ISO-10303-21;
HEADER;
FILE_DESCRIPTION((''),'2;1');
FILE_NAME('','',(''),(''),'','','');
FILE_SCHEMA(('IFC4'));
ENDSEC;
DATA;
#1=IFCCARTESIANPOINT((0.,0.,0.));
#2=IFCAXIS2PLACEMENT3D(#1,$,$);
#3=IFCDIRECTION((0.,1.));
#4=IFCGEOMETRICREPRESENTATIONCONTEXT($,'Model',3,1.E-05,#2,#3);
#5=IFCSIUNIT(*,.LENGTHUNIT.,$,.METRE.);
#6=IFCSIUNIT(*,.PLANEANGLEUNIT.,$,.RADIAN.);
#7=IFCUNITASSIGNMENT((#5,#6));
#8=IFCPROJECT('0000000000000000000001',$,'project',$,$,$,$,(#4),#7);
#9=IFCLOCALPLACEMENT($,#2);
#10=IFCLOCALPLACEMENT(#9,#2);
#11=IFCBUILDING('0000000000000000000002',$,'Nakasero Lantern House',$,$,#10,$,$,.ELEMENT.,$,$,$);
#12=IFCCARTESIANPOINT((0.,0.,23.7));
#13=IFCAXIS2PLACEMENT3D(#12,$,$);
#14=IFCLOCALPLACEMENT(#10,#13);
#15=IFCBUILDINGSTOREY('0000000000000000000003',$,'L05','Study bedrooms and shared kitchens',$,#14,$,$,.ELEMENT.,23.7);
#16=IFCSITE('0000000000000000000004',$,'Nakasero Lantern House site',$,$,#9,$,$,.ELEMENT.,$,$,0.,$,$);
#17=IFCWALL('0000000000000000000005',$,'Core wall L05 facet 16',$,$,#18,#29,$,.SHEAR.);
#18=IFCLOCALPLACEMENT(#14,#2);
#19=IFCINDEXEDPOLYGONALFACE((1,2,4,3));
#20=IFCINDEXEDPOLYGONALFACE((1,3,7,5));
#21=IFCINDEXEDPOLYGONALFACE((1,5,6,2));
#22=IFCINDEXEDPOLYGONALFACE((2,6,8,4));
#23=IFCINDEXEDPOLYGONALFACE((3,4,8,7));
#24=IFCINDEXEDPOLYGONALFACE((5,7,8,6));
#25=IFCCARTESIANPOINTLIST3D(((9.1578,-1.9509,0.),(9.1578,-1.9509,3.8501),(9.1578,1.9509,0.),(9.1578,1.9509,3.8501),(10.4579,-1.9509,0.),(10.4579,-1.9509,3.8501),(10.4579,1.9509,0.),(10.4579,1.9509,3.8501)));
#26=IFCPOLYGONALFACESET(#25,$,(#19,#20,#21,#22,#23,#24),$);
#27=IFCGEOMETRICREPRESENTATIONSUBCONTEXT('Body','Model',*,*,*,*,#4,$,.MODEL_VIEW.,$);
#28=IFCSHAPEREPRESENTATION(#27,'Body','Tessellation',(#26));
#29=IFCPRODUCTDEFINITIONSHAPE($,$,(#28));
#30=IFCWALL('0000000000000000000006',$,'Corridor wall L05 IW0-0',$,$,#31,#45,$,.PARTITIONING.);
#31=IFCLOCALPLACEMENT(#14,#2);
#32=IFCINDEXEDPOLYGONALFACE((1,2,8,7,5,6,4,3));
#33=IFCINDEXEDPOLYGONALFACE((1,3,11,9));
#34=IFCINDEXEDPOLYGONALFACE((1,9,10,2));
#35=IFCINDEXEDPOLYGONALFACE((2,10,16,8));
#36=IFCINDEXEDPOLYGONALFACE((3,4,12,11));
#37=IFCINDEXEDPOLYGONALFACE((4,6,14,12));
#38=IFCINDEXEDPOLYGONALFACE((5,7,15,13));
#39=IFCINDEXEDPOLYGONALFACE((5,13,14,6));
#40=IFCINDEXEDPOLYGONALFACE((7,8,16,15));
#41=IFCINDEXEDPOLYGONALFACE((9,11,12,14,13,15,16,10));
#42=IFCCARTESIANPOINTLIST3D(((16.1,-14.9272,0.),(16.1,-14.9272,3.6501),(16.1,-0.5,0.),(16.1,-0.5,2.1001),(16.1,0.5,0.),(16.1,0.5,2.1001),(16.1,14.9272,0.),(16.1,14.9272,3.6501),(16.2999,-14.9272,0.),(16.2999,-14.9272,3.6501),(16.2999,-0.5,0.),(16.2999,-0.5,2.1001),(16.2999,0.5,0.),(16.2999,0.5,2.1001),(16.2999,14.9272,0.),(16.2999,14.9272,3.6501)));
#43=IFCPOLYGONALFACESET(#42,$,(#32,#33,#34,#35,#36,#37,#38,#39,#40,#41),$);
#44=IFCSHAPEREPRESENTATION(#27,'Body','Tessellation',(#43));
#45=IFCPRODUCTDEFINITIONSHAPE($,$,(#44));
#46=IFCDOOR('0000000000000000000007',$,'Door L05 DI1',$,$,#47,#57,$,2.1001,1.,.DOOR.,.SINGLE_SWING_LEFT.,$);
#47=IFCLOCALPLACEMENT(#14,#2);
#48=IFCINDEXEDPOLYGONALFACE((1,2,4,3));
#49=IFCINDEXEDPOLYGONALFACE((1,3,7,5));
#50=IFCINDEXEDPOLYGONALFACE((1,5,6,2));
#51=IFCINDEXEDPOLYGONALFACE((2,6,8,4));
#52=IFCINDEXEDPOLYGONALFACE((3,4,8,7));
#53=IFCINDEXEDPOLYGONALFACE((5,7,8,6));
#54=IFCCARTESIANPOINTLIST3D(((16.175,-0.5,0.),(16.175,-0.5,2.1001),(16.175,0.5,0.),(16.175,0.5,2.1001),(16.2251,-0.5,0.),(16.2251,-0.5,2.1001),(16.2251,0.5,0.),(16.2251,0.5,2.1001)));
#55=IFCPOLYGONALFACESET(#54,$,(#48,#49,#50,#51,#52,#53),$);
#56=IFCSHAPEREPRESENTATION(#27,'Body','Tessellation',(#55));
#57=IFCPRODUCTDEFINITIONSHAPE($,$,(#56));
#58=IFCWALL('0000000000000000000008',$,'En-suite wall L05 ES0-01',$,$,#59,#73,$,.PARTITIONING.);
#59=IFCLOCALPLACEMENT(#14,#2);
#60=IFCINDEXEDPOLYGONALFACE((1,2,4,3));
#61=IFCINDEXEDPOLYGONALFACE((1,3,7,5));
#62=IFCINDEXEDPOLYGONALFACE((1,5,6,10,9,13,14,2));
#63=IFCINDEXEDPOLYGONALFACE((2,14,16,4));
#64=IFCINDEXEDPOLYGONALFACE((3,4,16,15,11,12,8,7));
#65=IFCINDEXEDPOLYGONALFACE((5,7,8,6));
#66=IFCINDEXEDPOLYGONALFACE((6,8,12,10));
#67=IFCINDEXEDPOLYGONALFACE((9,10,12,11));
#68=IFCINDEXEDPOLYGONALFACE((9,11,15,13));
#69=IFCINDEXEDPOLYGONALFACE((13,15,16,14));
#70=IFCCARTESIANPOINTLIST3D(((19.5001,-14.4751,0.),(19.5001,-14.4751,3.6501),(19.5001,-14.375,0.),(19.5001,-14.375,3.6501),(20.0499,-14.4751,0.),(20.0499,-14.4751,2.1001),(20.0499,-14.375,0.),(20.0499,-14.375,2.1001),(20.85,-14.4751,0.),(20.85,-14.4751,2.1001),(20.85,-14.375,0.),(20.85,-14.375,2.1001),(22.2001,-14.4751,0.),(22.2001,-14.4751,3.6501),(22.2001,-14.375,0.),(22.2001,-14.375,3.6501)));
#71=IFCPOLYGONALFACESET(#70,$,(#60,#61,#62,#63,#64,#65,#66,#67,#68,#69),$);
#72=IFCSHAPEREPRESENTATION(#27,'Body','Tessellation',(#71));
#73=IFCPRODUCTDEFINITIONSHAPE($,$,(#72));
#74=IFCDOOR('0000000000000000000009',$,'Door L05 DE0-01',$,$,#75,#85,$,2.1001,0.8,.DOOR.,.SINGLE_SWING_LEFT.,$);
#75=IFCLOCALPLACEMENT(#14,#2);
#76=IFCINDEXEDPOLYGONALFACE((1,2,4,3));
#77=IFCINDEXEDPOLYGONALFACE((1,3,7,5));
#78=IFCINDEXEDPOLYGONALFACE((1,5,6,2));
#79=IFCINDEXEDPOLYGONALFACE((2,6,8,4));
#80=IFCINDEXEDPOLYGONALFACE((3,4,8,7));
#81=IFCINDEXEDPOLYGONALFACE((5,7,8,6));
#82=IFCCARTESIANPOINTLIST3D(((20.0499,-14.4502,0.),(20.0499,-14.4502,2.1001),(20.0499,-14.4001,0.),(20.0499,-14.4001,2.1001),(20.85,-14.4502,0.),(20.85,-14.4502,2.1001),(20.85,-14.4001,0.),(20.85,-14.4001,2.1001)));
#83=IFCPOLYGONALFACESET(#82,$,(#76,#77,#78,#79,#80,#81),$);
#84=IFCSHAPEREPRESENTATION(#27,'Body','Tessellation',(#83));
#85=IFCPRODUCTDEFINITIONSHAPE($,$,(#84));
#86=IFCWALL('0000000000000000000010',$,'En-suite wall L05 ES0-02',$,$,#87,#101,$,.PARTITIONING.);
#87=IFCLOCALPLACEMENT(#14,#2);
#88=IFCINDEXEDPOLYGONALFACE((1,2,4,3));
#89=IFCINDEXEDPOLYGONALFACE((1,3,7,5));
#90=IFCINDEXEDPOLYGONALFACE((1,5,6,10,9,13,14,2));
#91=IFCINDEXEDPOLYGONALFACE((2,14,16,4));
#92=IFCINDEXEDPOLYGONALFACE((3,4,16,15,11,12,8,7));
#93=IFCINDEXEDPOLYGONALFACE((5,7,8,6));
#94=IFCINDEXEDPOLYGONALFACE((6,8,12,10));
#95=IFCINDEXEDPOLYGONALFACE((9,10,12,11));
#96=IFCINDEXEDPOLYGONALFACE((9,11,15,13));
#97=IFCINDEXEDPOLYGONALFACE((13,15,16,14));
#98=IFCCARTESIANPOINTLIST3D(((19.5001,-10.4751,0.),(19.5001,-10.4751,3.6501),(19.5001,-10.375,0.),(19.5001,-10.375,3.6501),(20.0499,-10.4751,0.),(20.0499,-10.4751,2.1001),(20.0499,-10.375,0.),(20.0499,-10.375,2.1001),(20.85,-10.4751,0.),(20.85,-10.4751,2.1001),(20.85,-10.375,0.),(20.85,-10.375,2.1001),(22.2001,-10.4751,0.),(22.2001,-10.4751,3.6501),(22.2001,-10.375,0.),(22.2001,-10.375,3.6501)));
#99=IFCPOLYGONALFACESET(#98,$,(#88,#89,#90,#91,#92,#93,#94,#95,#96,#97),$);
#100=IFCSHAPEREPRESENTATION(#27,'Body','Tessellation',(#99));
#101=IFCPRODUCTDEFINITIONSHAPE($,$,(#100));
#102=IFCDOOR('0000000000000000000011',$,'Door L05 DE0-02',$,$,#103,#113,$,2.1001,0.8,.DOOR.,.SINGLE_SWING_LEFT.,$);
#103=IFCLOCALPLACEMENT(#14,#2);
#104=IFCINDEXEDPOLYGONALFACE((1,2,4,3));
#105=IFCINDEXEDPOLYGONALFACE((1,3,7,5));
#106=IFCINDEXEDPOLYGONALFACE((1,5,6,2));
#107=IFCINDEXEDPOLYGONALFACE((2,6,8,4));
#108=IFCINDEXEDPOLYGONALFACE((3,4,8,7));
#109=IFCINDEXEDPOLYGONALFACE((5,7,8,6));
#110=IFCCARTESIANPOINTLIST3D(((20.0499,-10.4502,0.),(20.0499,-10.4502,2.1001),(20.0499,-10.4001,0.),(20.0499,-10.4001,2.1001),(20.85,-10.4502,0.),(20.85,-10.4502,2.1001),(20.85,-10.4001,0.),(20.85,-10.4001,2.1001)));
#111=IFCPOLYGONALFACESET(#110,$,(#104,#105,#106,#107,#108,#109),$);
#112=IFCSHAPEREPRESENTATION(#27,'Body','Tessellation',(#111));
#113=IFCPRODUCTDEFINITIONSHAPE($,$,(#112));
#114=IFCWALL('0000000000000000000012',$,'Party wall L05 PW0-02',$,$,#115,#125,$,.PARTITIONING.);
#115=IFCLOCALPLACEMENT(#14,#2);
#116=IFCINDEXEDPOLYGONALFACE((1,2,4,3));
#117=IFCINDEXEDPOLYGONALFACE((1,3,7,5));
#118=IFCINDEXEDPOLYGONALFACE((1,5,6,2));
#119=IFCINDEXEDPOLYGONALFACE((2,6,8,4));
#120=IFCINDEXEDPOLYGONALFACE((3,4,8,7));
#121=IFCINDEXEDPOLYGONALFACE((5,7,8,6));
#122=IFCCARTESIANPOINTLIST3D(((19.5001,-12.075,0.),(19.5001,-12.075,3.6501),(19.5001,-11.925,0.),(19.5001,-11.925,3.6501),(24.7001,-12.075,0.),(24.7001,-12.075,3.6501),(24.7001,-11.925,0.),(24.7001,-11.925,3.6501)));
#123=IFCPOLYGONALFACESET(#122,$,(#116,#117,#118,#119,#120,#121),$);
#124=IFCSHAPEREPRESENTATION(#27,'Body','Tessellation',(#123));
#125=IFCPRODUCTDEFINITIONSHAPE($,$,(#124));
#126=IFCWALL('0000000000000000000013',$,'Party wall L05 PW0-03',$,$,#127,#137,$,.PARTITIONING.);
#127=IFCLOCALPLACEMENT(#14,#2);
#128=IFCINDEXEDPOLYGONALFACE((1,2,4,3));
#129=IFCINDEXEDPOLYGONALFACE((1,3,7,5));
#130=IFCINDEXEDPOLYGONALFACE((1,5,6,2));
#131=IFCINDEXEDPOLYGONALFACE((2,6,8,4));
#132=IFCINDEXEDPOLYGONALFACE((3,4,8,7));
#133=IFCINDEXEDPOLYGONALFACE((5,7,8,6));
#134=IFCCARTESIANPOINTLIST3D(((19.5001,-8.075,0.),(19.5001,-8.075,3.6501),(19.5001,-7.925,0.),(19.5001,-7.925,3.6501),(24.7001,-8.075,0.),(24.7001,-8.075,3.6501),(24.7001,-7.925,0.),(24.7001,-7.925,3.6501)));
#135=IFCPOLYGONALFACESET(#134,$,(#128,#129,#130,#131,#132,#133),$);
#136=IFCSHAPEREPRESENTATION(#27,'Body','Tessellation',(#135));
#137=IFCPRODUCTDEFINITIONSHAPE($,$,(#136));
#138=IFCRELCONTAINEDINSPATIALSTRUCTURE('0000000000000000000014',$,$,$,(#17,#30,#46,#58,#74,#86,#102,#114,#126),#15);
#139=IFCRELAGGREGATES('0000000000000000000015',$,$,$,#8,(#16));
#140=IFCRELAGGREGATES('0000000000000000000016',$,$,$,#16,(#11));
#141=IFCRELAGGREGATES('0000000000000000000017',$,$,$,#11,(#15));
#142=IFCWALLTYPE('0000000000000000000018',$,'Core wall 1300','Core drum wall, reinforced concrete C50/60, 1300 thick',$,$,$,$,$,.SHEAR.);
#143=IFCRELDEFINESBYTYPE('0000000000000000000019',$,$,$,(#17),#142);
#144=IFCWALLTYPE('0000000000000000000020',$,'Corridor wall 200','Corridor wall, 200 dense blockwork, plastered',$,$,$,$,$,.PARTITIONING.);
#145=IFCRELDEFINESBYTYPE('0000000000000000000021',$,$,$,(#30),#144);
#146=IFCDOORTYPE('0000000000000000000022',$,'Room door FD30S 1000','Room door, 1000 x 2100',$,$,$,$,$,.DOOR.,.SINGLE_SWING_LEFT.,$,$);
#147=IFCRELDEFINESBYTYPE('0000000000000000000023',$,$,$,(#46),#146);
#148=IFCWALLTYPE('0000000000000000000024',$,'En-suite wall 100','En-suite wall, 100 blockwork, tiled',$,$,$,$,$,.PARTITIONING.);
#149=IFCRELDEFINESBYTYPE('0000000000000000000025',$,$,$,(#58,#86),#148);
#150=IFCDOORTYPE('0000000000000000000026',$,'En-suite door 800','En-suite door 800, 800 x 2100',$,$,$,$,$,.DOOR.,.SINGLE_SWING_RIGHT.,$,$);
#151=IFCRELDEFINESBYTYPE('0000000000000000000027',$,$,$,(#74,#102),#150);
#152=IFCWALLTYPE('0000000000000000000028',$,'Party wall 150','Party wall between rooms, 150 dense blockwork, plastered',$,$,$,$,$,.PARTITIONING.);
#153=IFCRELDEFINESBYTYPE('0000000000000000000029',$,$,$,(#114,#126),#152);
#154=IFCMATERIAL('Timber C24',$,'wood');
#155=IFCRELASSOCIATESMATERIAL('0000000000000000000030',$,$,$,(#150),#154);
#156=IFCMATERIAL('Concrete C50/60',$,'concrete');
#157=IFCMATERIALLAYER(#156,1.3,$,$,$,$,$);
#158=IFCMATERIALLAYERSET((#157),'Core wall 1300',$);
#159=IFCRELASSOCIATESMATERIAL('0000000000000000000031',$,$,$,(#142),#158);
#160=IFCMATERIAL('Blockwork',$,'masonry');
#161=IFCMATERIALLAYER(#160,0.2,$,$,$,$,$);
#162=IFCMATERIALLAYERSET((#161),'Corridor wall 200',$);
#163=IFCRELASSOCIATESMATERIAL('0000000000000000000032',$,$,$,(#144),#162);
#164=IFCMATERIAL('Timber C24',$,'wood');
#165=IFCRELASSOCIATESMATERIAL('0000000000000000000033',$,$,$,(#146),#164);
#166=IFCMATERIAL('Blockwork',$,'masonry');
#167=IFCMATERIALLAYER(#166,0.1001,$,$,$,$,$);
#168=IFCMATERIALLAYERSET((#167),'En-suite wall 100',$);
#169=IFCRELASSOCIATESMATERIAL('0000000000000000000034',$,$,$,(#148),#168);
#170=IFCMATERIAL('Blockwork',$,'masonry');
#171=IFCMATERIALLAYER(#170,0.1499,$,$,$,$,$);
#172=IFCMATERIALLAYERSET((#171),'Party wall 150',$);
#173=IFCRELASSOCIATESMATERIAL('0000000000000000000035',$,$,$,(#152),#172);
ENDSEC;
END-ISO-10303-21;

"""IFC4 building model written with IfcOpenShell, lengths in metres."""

from ifc_helpers import new_model, si_unit, direction, frame, frame_2d, origin, place, context, subcontext, project, spatial, rectangle, extrude, material, layer, layer_set, type_object, element, fill, save


model = new_model("IFC4")

# Units and contexts
model_context = context("Model", 3, precision=1e-05, world=origin(), true_north=direction((0.0, 1.0)))
body_context = subcontext(model_context, "Body", "Model", "MODEL_VIEW")
ifc_project = project(units=[si_unit("LENGTHUNIT", "METRE"), si_unit("PLANEANGLEUNIT", "RADIAN")], contexts=[model_context])

# Site, building, storey
site_placement = place(None, origin())
site = spatial("IfcSite", under=ifc_project, at=site_placement, Name="Nakasero Lantern House site", CompositionType="ELEMENT", RefElevation=0.0)
building_placement = place(site_placement, origin())
building = spatial("IfcBuilding", under=site, at=building_placement, Name="Nakasero Lantern House", CompositionType="ELEMENT")
storey_placement = place(building_placement, frame((0.0, 0.0, 23.7)))
storey = spatial("IfcBuildingStorey", under=building, at=storey_placement, Name="L05", Description="Study bedrooms and shared kitchens", CompositionType="ELEMENT", Elevation=23.7)

# Shared definitions
ifc_material_1 = material(Name="Timber C24", Category="wood")
door_type_1 = type_object("IfcDoorType", Name="En-suite door 800", Description="En-suite door 800, 800 x 2100", OperationType="SINGLE_SWING_RIGHT", PredefinedType="DOOR", material=ifc_material_1)

# Wall
ifc_material_2 = material(Name="Concrete C50/60", Category="concrete")
ifc_layer_1 = layer(ifc_material_2, 1.3)
ifc_layer_set_1 = layer_set([ifc_layer_1], Name="Core wall 1300")
wall_type_1 = type_object("IfcWallType", Name="Core wall 1300", Description="Core drum wall, reinforced concrete C50/60, 1300 thick", PredefinedType="SHEAR", material=ifc_layer_set_1)
wall_1_placement = place(storey_placement, frame((9.8079, -1.9509, 0.0), z_axis=(0.0, 0.0, 1.0), x_axis=(0.0, 1.0, 0.0)))
element("IfcWall", 1, at=wall_1_placement, inside=storey, type_object=wall_type_1, Name="Core wall L05 facet 16", PredefinedType="SHEAR", context=body_context, shape_type="SweptSolid", body=[
    extrude(rectangle(XDim=3.9019, YDim=1.3, at=frame_2d((1.9509, 0.0))), origin(), (0.0, 0.0, 1.0), 3.8501),
])

# Walls, openings, doors
ifc_material_3 = material(Name="Blockwork", Category="masonry")
ifc_layer_2 = layer(ifc_material_3, 0.2)
ifc_layer_set_2 = layer_set([ifc_layer_2], Name="Corridor wall 200")
wall_type_2 = type_object("IfcWallType", Name="Corridor wall 200", Description="Corridor wall, 200 dense blockwork, plastered", PredefinedType="PARTITIONING", material=ifc_layer_set_2)
wall_2_placement = place(storey_placement, frame((16.2, -14.9272, 0.0), z_axis=(0.0, 0.0, 1.0), x_axis=(0.0, 1.0, 0.0)))
wall_2 = element("IfcWall", 2, at=wall_2_placement, inside=storey, type_object=wall_type_2, Name="Corridor wall L05 IW0-0", PredefinedType="PARTITIONING", context=body_context, shape_type="SweptSolid", body=[
    extrude(rectangle(XDim=29.8545, YDim=0.2, at=frame_2d((14.9272, 0.0))), origin(), (0.0, 0.0, 1.0), 3.6501),
])
opening_1_placement = place(wall_2_placement, frame((14.4272, 0.0, 0.0)))
opening_1 = element("IfcOpeningElement", 3, at=opening_1_placement, cuts=wall_2, PredefinedType="OPENING", context=body_context, shape_type="SweptSolid", body=[
    extrude(rectangle(XDim=1.0, YDim=2.1001, at=frame_2d((0.5, 1.05))), frame((0.0, 0.1199, 0.0), z_axis=(0.0, -1.0, 0.0), x_axis=(1.0, 0.0, 0.0)), (0.0, 0.0, 1.0), 0.24),
])
ifc_material_4 = material(Name="Timber C24", Category="wood")
door_type_2 = type_object("IfcDoorType", Name="Room door FD30S 1000", Description="Room door, 1000 x 2100", OperationType="SINGLE_SWING_LEFT", PredefinedType="DOOR", material=ifc_material_4)
door_1_placement = place(opening_1_placement, origin())
door_1 = element("IfcDoor", 4, at=door_1_placement, inside=storey, type_object=door_type_2, Name="Door L05 DI1", OperationType="SINGLE_SWING_LEFT", OverallHeight=2.1001, OverallWidth=1.0, PredefinedType="DOOR", context=body_context, shape_type="SweptSolid", body=[
    extrude(rectangle(XDim=1.0, YDim=2.1001, at=frame_2d((0.5, 1.05))), frame((0.0, 0.0249, 0.0), z_axis=(0.0, -1.0, 0.0), x_axis=(1.0, 0.0, 0.0)), (0.0, 0.0, 1.0), 0.05),
])
fill(opening_1, door_1)
ifc_material_5 = material(Name="Blockwork", Category="masonry")
ifc_layer_3 = layer(ifc_material_5, 0.1001)
ifc_layer_set_3 = layer_set([ifc_layer_3], Name="En-suite wall 100")
wall_type_3 = type_object("IfcWallType", Name="En-suite wall 100", Description="En-suite wall, 100 blockwork, tiled", PredefinedType="PARTITIONING", material=ifc_layer_set_3)
wall_3_placement = place(storey_placement, frame((19.5, -14.425, 0.0), z_axis=(0.0, 0.0, 1.0), x_axis=(1.0, 0.0, 0.0)))
wall_3 = element("IfcWall", 5, at=wall_3_placement, inside=storey, type_object=wall_type_3, Name="En-suite wall L05 ES0-01", PredefinedType="PARTITIONING", context=body_context, shape_type="SweptSolid", body=[
    extrude(rectangle(XDim=2.7, YDim=0.1001, at=frame_2d((1.3501, 0.0))), origin(), (0.0, 0.0, 1.0), 3.6501),
])
opening_2_placement = place(wall_3_placement, frame((0.55, 0.0, 0.0)))
opening_2 = element("IfcOpeningElement", 6, at=opening_2_placement, cuts=wall_3, PredefinedType="OPENING", context=body_context, shape_type="SweptSolid", body=[
    extrude(rectangle(XDim=0.8, YDim=2.1001, at=frame_2d((0.3999, 1.05))), frame((0.0, 0.0701, 0.0), z_axis=(0.0, -1.0, 0.0), x_axis=(1.0, 0.0, 0.0)), (0.0, 0.0, 1.0), 0.1401),
])
door_2_placement = place(opening_2_placement, origin())
door_2 = element("IfcDoor", 7, at=door_2_placement, inside=storey, type_object=door_type_1, Name="Door L05 DE0-01", OperationType="SINGLE_SWING_LEFT", OverallHeight=2.1001, OverallWidth=0.8, PredefinedType="DOOR", context=body_context, shape_type="SweptSolid", body=[
    extrude(rectangle(XDim=0.8, YDim=2.1001, at=frame_2d((0.3999, 1.05))), frame((0.0, 0.0249, 0.0), z_axis=(0.0, -1.0, 0.0), x_axis=(1.0, 0.0, 0.0)), (0.0, 0.0, 1.0), 0.05),
])
fill(opening_2, door_2)
wall_4_placement = place(storey_placement, frame((19.5, -10.425, 0.0), z_axis=(0.0, 0.0, 1.0), x_axis=(1.0, 0.0, 0.0)))
wall_4 = element("IfcWall", 8, at=wall_4_placement, inside=storey, type_object=wall_type_3, Name="En-suite wall L05 ES0-02", PredefinedType="PARTITIONING", context=body_context, shape_type="SweptSolid", body=[
    extrude(rectangle(XDim=2.7, YDim=0.1001, at=frame_2d((1.3501, 0.0))), origin(), (0.0, 0.0, 1.0), 3.6501),
])
opening_3_placement = place(wall_4_placement, frame((0.55, 0.0, 0.0)))
opening_3 = element("IfcOpeningElement", 9, at=opening_3_placement, cuts=wall_4, PredefinedType="OPENING", context=body_context, shape_type="SweptSolid", body=[
    extrude(rectangle(XDim=0.8, YDim=2.1001, at=frame_2d((0.3999, 1.05))), frame((0.0, 0.0701, 0.0), z_axis=(0.0, -1.0, 0.0), x_axis=(1.0, 0.0, 0.0)), (0.0, 0.0, 1.0), 0.1401),
])
door_3_placement = place(opening_3_placement, origin())
door_3 = element("IfcDoor", 10, at=door_3_placement, inside=storey, type_object=door_type_1, Name="Door L05 DE0-02", OperationType="SINGLE_SWING_LEFT", OverallHeight=2.1001, OverallWidth=0.8, PredefinedType="DOOR", context=body_context, shape_type="SweptSolid", body=[
    extrude(rectangle(XDim=0.8, YDim=2.1001, at=frame_2d((0.3999, 1.05))), frame((0.0, 0.0249, 0.0), z_axis=(0.0, -1.0, 0.0), x_axis=(1.0, 0.0, 0.0)), (0.0, 0.0, 1.0), 0.05),
])
fill(opening_3, door_3)

# Walls
ifc_material_6 = material(Name="Blockwork", Category="masonry")
ifc_layer_4 = layer(ifc_material_6, 0.1499)
ifc_layer_set_4 = layer_set([ifc_layer_4], Name="Party wall 150")
wall_type_4 = type_object("IfcWallType", Name="Party wall 150", Description="Party wall between rooms, 150 dense blockwork, plastered", PredefinedType="PARTITIONING", material=ifc_layer_set_4)
for number, where, z_axis, x_axis, name in (
    (11, (19.5, -12.0, 0.0), (0.0, 0.0, 1.0), (1.0, 0.0, 0.0), "Party wall L05 PW0-02"),
    (12, (19.5, -8.0, 0.0), (0.0, 0.0, 1.0), (1.0, 0.0, 0.0), "Party wall L05 PW0-03"),
):
    element("IfcWall", number, at=place(storey_placement, frame(where, z_axis=z_axis, x_axis=x_axis)), inside=storey, type_object=wall_type_4, Name=name, PredefinedType="PARTITIONING", context=body_context, shape_type="SweptSolid", body=[
        extrude(rectangle(XDim=5.2, YDim=0.1499, at=frame_2d((2.6001, 0.0))), origin(), (0.0, 0.0, 1.0), 3.6501),
    ])

save(model, "model.ifc")
